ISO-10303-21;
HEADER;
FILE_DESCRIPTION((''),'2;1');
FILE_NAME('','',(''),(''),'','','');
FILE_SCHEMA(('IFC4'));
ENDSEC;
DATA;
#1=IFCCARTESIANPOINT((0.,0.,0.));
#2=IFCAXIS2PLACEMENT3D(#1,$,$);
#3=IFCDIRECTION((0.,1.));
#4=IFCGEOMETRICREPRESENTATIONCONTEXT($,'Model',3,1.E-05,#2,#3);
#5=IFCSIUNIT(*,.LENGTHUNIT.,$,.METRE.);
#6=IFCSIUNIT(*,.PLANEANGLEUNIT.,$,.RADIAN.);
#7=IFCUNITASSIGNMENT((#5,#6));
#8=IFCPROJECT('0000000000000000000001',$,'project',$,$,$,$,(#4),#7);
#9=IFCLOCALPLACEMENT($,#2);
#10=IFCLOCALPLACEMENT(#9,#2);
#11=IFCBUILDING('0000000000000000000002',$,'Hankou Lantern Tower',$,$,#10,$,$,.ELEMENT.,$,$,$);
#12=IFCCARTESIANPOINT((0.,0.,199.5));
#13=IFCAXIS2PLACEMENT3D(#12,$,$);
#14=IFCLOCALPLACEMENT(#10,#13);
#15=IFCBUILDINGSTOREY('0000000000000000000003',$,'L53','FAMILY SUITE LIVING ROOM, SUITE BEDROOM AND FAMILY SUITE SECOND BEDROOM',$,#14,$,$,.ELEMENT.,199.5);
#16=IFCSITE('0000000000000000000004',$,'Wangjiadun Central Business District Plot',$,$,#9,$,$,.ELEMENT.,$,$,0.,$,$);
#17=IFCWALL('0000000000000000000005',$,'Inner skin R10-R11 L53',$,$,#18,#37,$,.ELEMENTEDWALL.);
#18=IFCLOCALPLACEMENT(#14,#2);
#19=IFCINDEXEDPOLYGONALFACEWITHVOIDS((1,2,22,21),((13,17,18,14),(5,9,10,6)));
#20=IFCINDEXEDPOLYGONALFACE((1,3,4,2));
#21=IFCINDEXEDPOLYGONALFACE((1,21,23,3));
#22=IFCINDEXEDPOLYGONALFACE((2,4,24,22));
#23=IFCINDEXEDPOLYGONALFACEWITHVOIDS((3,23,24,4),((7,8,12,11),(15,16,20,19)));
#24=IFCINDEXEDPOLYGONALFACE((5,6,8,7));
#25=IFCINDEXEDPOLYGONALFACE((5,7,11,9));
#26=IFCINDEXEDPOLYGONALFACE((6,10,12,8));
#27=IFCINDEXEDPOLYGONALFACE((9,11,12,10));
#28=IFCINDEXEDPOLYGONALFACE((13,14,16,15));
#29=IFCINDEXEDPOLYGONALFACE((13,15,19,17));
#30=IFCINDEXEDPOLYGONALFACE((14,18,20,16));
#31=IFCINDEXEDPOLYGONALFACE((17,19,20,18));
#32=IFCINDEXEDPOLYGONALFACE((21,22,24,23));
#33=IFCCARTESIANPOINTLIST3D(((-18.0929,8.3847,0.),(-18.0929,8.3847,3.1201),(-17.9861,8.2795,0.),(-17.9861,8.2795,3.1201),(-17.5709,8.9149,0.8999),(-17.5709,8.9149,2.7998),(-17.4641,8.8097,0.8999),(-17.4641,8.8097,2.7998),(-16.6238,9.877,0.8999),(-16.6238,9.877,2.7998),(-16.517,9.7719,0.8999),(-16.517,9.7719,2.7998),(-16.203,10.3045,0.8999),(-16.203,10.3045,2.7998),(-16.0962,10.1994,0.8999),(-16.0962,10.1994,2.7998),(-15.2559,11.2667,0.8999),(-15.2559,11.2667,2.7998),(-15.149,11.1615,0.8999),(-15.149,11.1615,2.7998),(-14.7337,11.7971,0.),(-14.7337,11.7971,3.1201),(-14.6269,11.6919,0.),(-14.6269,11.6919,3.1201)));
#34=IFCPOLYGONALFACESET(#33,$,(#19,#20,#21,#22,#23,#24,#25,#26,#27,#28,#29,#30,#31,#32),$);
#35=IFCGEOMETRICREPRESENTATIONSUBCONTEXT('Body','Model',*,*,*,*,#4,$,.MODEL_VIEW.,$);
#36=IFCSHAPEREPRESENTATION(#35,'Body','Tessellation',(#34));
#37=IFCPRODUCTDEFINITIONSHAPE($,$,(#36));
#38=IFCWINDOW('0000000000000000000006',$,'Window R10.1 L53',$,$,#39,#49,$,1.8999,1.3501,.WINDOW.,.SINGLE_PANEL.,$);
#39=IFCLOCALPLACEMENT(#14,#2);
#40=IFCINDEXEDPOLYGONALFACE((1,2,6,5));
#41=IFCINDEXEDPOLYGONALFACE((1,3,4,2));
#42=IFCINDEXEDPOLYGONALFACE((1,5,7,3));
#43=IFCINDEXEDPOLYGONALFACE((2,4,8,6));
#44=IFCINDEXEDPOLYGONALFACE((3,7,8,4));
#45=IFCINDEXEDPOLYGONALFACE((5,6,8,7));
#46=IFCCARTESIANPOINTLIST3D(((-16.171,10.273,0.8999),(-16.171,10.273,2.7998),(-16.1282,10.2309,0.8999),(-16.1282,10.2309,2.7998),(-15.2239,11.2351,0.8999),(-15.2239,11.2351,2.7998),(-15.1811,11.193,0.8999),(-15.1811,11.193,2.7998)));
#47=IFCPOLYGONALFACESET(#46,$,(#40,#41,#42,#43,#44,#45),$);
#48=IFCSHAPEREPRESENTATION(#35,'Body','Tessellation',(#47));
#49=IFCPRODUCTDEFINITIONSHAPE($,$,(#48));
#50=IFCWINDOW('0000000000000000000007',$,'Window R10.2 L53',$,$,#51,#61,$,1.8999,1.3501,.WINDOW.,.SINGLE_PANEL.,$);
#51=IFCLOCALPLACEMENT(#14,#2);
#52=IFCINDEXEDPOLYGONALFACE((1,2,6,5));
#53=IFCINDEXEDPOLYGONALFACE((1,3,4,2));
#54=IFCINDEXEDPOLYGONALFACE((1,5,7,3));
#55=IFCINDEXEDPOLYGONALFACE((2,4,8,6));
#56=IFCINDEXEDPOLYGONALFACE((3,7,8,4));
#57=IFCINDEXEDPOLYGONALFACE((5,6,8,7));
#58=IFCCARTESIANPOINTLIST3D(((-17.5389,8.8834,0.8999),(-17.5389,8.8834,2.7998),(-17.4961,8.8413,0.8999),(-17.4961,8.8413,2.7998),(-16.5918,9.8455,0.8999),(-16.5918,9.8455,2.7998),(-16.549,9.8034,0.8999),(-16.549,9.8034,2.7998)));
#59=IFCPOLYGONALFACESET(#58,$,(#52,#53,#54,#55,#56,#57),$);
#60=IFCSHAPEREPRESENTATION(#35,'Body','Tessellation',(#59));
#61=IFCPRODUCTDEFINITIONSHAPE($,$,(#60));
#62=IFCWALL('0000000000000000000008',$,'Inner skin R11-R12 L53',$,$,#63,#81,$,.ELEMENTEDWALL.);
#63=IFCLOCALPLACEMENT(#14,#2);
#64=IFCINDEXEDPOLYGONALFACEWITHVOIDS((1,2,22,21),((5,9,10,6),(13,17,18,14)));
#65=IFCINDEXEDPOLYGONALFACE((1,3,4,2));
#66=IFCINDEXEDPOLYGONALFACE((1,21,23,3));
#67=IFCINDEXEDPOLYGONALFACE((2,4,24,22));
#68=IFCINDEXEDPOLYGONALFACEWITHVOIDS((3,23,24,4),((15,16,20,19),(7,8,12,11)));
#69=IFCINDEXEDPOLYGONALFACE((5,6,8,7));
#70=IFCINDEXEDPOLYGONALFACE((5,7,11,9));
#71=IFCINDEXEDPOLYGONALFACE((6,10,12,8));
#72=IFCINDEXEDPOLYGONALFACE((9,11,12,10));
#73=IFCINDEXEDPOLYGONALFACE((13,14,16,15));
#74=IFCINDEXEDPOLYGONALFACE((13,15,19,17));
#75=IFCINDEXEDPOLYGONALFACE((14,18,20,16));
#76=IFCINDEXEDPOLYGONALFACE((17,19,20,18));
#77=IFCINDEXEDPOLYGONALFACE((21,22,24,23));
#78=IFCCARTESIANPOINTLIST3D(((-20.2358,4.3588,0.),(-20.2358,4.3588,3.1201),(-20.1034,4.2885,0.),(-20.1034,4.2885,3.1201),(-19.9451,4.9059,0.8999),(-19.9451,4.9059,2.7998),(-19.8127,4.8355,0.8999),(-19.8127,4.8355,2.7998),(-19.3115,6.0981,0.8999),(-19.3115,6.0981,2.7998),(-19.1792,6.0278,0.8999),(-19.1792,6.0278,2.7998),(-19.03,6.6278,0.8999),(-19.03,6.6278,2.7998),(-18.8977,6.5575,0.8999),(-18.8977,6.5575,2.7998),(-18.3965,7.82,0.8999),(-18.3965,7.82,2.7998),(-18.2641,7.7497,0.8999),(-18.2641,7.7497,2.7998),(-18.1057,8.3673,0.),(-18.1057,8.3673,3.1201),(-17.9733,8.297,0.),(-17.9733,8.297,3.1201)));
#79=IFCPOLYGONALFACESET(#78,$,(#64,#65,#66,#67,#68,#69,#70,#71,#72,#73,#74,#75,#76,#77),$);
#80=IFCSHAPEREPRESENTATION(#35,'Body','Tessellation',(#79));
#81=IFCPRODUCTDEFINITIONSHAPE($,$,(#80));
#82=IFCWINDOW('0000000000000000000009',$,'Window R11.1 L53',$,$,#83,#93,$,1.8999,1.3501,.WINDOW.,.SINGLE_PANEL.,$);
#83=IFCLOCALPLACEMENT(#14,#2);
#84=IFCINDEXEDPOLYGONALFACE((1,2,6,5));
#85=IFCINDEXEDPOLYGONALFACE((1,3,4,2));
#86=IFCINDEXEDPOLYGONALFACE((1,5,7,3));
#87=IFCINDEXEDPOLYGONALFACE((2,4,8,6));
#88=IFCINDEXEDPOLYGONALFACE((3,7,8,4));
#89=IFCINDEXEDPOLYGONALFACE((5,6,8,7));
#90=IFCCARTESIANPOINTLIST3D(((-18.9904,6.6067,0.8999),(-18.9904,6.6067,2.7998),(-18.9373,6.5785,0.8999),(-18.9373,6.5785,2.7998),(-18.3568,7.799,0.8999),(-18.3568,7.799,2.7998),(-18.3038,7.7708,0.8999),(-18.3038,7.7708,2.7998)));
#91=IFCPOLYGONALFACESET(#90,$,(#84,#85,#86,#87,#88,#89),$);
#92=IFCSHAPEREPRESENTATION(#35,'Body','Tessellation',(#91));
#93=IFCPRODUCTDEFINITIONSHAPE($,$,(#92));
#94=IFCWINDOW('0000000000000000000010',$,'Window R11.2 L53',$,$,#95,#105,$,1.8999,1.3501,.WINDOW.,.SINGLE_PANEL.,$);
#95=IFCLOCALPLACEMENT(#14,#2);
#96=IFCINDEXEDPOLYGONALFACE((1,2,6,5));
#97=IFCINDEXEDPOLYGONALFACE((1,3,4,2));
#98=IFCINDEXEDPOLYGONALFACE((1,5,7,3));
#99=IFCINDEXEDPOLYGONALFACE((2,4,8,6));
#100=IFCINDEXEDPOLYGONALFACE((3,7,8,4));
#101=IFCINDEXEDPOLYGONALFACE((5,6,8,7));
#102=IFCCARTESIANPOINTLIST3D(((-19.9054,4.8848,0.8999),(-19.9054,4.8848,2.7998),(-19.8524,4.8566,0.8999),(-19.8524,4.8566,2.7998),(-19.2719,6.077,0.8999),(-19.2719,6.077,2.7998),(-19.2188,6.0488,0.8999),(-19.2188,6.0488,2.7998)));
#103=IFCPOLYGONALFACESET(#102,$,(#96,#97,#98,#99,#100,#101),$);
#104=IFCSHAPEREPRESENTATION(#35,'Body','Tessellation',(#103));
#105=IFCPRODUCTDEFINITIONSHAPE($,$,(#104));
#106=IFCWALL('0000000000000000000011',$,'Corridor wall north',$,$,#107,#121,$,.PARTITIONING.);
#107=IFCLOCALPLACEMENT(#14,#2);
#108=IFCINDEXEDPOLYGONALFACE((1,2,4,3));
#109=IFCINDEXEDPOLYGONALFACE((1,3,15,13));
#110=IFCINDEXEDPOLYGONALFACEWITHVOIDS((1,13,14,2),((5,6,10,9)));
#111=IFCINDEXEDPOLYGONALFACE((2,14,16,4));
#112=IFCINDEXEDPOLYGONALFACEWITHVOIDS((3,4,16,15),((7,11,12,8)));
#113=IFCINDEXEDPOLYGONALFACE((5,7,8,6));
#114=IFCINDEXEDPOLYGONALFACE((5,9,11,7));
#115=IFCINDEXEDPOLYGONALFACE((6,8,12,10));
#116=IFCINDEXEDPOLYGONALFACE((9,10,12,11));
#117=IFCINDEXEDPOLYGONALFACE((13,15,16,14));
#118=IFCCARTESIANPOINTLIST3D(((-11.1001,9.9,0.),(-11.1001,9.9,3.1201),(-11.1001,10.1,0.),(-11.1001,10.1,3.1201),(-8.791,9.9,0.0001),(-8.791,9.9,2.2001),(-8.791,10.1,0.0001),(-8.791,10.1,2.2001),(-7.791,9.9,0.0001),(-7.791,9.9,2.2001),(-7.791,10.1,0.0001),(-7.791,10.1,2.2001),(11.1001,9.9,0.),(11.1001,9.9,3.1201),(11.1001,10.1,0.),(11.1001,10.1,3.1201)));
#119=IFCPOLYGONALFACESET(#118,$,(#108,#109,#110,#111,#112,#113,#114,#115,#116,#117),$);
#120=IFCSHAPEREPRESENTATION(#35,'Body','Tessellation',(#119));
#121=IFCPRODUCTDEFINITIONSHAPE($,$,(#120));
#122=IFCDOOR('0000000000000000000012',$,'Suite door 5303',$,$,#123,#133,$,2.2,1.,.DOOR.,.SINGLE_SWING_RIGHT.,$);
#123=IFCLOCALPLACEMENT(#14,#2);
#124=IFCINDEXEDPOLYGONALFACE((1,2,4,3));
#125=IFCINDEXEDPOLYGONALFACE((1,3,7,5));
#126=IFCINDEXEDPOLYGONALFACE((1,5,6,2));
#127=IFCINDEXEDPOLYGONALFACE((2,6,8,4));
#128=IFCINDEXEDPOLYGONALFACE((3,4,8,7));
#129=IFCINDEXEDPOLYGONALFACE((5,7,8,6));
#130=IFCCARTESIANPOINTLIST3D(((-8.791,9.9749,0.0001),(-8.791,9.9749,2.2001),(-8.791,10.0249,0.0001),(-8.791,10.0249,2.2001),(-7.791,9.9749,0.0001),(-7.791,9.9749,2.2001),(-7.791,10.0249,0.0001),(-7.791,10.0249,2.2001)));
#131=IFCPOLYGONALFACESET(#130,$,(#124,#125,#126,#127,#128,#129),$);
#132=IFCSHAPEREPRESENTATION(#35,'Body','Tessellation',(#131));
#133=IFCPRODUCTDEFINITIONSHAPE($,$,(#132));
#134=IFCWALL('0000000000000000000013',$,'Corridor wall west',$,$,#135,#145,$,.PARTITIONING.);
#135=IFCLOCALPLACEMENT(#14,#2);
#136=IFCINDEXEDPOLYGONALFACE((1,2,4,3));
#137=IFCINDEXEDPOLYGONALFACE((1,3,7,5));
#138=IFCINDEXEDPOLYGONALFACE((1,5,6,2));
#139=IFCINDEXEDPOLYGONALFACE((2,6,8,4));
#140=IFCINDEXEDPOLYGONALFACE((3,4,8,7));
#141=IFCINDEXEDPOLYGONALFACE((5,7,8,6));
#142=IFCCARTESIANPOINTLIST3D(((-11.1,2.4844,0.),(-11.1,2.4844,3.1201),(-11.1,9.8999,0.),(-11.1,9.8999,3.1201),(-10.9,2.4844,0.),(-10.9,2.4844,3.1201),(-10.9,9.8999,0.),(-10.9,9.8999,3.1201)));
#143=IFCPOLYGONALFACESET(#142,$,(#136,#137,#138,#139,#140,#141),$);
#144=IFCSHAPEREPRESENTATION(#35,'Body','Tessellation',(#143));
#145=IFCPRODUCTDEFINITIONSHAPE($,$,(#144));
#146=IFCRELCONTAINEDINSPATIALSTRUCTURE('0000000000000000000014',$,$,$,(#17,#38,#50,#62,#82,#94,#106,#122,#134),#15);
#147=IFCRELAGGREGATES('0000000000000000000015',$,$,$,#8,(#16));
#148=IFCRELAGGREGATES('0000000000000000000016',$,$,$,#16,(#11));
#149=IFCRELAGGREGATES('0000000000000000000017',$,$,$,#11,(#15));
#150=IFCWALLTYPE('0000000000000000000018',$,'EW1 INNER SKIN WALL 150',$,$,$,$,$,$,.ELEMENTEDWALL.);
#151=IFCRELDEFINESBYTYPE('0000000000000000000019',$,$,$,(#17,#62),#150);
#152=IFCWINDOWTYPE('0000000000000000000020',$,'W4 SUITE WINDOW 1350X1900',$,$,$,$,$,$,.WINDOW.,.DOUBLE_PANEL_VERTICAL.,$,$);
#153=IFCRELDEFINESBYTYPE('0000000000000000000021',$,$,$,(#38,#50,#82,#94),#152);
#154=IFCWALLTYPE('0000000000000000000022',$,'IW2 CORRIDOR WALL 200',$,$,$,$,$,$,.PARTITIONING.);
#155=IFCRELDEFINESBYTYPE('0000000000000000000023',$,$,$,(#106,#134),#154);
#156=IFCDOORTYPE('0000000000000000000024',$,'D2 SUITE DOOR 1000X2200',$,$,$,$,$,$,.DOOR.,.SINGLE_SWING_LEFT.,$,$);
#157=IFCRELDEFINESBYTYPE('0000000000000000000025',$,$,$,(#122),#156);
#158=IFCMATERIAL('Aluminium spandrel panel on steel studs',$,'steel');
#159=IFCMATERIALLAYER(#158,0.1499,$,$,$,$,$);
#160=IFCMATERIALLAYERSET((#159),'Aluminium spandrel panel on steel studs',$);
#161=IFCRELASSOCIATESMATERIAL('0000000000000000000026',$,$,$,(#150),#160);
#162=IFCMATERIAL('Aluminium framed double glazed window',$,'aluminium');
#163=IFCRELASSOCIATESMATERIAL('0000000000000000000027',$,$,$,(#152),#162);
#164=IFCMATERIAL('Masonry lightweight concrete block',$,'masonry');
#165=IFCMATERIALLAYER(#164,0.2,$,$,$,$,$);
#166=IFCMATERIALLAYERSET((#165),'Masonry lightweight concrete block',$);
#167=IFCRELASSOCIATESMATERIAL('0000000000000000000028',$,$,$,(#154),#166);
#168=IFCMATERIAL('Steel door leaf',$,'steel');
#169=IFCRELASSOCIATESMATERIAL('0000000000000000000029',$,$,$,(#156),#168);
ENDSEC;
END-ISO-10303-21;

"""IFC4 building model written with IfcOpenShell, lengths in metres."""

from ifc_helpers import new_model, si_unit, direction, frame, frame_2d, origin, place, context, subcontext, project, spatial, rectangle, extrude, material, layer, layer_set, type_object, element, fill, save


model = new_model("IFC4")

# Units and contexts
model_context = context("Model", 3, precision=1e-05, world=origin(), true_north=direction((0.0, 1.0)))
body_context = subcontext(model_context, "Body", "Model", "MODEL_VIEW")
ifc_project = project(units=[si_unit("LENGTHUNIT", "METRE"), si_unit("PLANEANGLEUNIT", "RADIAN")], contexts=[model_context])

# Site, building, storey
site_placement = place(None, origin())
site = spatial("IfcSite", under=ifc_project, at=site_placement, Name="Wangjiadun Central Business District Plot", CompositionType="ELEMENT", RefElevation=0.0)
building_placement = place(site_placement, origin())
building = spatial("IfcBuilding", under=site, at=building_placement, Name="Hankou Lantern Tower", CompositionType="ELEMENT")
storey_placement = place(building_placement, frame((0.0, 0.0, 199.5)))
storey = spatial("IfcBuildingStorey", under=building, at=storey_placement, Name="L53", Description="FAMILY SUITE LIVING ROOM, SUITE BEDROOM AND FAMILY SUITE SECOND BEDROOM", CompositionType="ELEMENT", Elevation=199.5)

# Walls, openings, windows
ifc_material_1 = material(Name="Aluminium spandrel panel on steel studs", Category="steel")
ifc_layer_1 = layer(ifc_material_1, 0.1499)
ifc_layer_set_1 = layer_set([ifc_layer_1], Name="Aluminium spandrel panel on steel studs")
wall_type_1 = type_object("IfcWallType", Name="EW1 INNER SKIN WALL 150", PredefinedType="ELEMENTEDWALL", material=ifc_layer_set_1)
wall_1_placement = place(storey_placement, frame((-14.6804, 11.7444, 0.0), z_axis=(0.0, 0.0, 1.0), x_axis=(-0.701527, -0.712643, 0.0)))
wall_1 = element("IfcWall", 1, at=wall_1_placement, inside=storey, type_object=wall_type_1, Name="Inner skin R10-R11 L53", PredefinedType="ELEMENTEDWALL", context=body_context, shape_type="SweptSolid", body=[
    extrude(rectangle(XDim=4.7883, YDim=0.1499, at=frame_2d((2.394, 0.0))), origin(), (0.0, 0.0, 1.0), 3.1201),
])
opening_1_placement = place(wall_1_placement, frame((0.7441, 0.0, 0.8999)))
opening_1 = element("IfcOpeningElement", 2, at=opening_1_placement, cuts=wall_1, PredefinedType="OPENING", context=body_context, shape_type="SweptSolid", body=[
    extrude(rectangle(XDim=1.3501, YDim=1.8999, at=frame_2d((0.675, 0.95))), frame((0.0, 0.085, 0.0), z_axis=(0.0, -1.0, 0.0), x_axis=(1.0, 0.0, 0.0)), (0.0, 0.0, 1.0), 0.1699),
])
opening_2_placement = place(wall_1_placement, frame((2.6941, 0.0, 0.8999)))
opening_2 = element("IfcOpeningElement", 3, at=opening_2_placement, cuts=wall_1, PredefinedType="OPENING", context=body_context, shape_type="SweptSolid", body=[
    extrude(rectangle(XDim=1.3501, YDim=1.8999, at=frame_2d((0.675, 0.95))), frame((0.0, 0.085, 0.0), z_axis=(0.0, -1.0, 0.0), x_axis=(1.0, 0.0, 0.0)), (0.0, 0.0, 1.0), 0.1699),
])
ifc_material_2 = material(Name="Aluminium framed double glazed window", Category="aluminium")
window_type = type_object("IfcWindowType", Name="W4 SUITE WINDOW 1350X1900", PartitioningType="DOUBLE_PANEL_VERTICAL", PredefinedType="WINDOW", material=ifc_material_2)
window_1_placement = place(opening_1_placement, origin())
window_1 = element("IfcWindow", 4, at=window_1_placement, inside=storey, type_object=window_type, Name="Window R10.1 L53", OverallHeight=1.8999, OverallWidth=1.3501, PartitioningType="SINGLE_PANEL", PredefinedType="WINDOW", context=body_context, shape_type="SweptSolid", body=[
    extrude(rectangle(XDim=1.3501, YDim=1.8999, at=frame_2d((0.675, 0.95))), frame((0.0, 0.03, 0.0), z_axis=(0.0, -1.0, 0.0), x_axis=(1.0, 0.0, 0.0)), (0.0, 0.0, 1.0), 0.0601),
])
fill(opening_1, window_1)
window_2_placement = place(opening_2_placement, origin())
window_2 = element("IfcWindow", 5, at=window_2_placement, inside=storey, type_object=window_type, Name="Window R10.2 L53", OverallHeight=1.8999, OverallWidth=1.3501, PartitioningType="SINGLE_PANEL", PredefinedType="WINDOW", context=body_context, shape_type="SweptSolid", body=[
    extrude(rectangle(XDim=1.3501, YDim=1.8999, at=frame_2d((0.675, 0.95))), frame((0.0, 0.03, 0.0), z_axis=(0.0, -1.0, 0.0), x_axis=(1.0, 0.0, 0.0)), (0.0, 0.0, 1.0), 0.0601),
])
fill(opening_2, window_2)
wall_2_placement = place(storey_placement, frame((-18.0396, 8.332, 0.0), z_axis=(0.0, 0.0, 1.0), x_axis=(-0.469256, -0.883062, 0.0)))
wall_2 = element("IfcWall", 6, at=wall_2_placement, inside=storey, type_object=wall_type_1, Name="Inner skin R11-R12 L53", PredefinedType="ELEMENTEDWALL", context=body_context, shape_type="SweptSolid", body=[
    extrude(rectangle(XDim=4.5393, YDim=0.1499, at=frame_2d((2.2695, 0.0))), origin(), (0.0, 0.0, 1.0), 3.1201),
])
opening_3_placement = place(wall_2_placement, frame((0.6196, 0.0, 0.8999)))
opening_3 = element("IfcOpeningElement", 7, at=opening_3_placement, cuts=wall_2, PredefinedType="OPENING", context=body_context, shape_type="SweptSolid", body=[
    extrude(rectangle(XDim=1.3501, YDim=1.8999, at=frame_2d((0.675, 0.95))), frame((0.0, 0.085, 0.0), z_axis=(0.0, -1.0, 0.0), x_axis=(1.0, 0.0, 0.0)), (0.0, 0.0, 1.0), 0.1699),
])
opening_4_placement = place(wall_2_placement, frame((2.5696, 0.0, 0.8999)))
opening_4 = element("IfcOpeningElement", 8, at=opening_4_placement, cuts=wall_2, PredefinedType="OPENING", context=body_context, shape_type="SweptSolid", body=[
    extrude(rectangle(XDim=1.3501, YDim=1.8999, at=frame_2d((0.675, 0.95))), frame((0.0, 0.085, 0.0), z_axis=(0.0, -1.0, 0.0), x_axis=(1.0, 0.0, 0.0)), (0.0, 0.0, 1.0), 0.1699),
])
window_3_placement = place(opening_3_placement, origin())
window_3 = element("IfcWindow", 9, at=window_3_placement, inside=storey, type_object=window_type, Name="Window R11.1 L53", OverallHeight=1.8999, OverallWidth=1.3501, PartitioningType="SINGLE_PANEL", PredefinedType="WINDOW", context=body_context, shape_type="SweptSolid", body=[
    extrude(rectangle(XDim=1.3501, YDim=1.8999, at=frame_2d((0.675, 0.95))), frame((0.0, 0.03, 0.0), z_axis=(0.0, -1.0, 0.0), x_axis=(1.0, 0.0, 0.0)), (0.0, 0.0, 1.0), 0.0601),
])
fill(opening_3, window_3)
window_4_placement = place(opening_4_placement, origin())
window_4 = element("IfcWindow", 10, at=window_4_placement, inside=storey, type_object=window_type, Name="Window R11.2 L53", OverallHeight=1.8999, OverallWidth=1.3501, PartitioningType="SINGLE_PANEL", PredefinedType="WINDOW", context=body_context, shape_type="SweptSolid", body=[
    extrude(rectangle(XDim=1.3501, YDim=1.8999, at=frame_2d((0.675, 0.95))), frame((0.0, 0.03, 0.0), z_axis=(0.0, -1.0, 0.0), x_axis=(1.0, 0.0, 0.0)), (0.0, 0.0, 1.0), 0.0601),
])
fill(opening_4, window_4)

# Wall, opening, door
ifc_material_3 = material(Name="Masonry lightweight concrete block", Category="masonry")
ifc_layer_2 = layer(ifc_material_3, 0.2)
ifc_layer_set_2 = layer_set([ifc_layer_2], Name="Masonry lightweight concrete block")
wall_type_2 = type_object("IfcWallType", Name="IW2 CORRIDOR WALL 200", PredefinedType="PARTITIONING", material=ifc_layer_set_2)
wall_3_placement = place(storey_placement, frame((-11.1001, 10.0, 0.0), z_axis=(0.0, 0.0, 1.0), x_axis=(1.0, 0.0, 0.0)))
wall_3 = element("IfcWall", 11, at=wall_3_placement, inside=storey, type_object=wall_type_2, Name="Corridor wall north", PredefinedType="PARTITIONING", context=body_context, shape_type="SweptSolid", body=[
    extrude(rectangle(XDim=22.2002, YDim=0.2, at=frame_2d((11.1001, 0.0))), origin(), (0.0, 0.0, 1.0), 3.1201),
])
opening_5_placement = place(wall_3_placement, frame((2.3091, 0.0, 0.0)))
opening_5 = element("IfcOpeningElement", 12, at=opening_5_placement, cuts=wall_3, PredefinedType="OPENING", context=body_context, shape_type="SweptSolid", body=[
    extrude(rectangle(XDim=1.0, YDim=2.2, at=frame_2d((0.5, 1.1001))), frame((0.0, 0.1099, 0.0), z_axis=(0.0, -1.0, 0.0), x_axis=(1.0, 0.0, 0.0)), (0.0, 0.0, 1.0), 0.22),
])
ifc_material_4 = material(Name="Steel door leaf", Category="steel")
door_type_1 = type_object("IfcDoorType", Name="D2 SUITE DOOR 1000X2200", OperationType="SINGLE_SWING_LEFT", PredefinedType="DOOR", material=ifc_material_4)
door_1_placement = place(opening_5_placement, origin())
door_1 = element("IfcDoor", 13, at=door_1_placement, inside=storey, type_object=door_type_1, Name="Suite door 5303", OperationType="SINGLE_SWING_RIGHT", OverallHeight=2.2, OverallWidth=1.0, PredefinedType="DOOR", context=body_context, shape_type="SweptSolid", body=[
    extrude(rectangle(XDim=1.0, YDim=2.2, at=frame_2d((0.5, 1.1001))), frame((0.0, 0.0249, 0.0), z_axis=(0.0, -1.0, 0.0), x_axis=(1.0, 0.0, 0.0)), (0.0, 0.0, 1.0), 0.05),
])
fill(opening_5, door_1)

# Wall
wall_4_placement = place(storey_placement, frame((-11.0, 9.8999, 0.0), z_axis=(0.0, 0.0, 1.0), x_axis=(0.0, -1.0, 0.0)))
element("IfcWall", 14, at=wall_4_placement, inside=storey, type_object=wall_type_2, Name="Corridor wall west", PredefinedType="PARTITIONING", context=body_context, shape_type="SweptSolid", body=[
    extrude(rectangle(XDim=7.4155, YDim=0.2, at=frame_2d((3.7078, 0.0))), origin(), (0.0, 0.0, 1.0), 3.1201),
])

save(model, "model.ifc")
